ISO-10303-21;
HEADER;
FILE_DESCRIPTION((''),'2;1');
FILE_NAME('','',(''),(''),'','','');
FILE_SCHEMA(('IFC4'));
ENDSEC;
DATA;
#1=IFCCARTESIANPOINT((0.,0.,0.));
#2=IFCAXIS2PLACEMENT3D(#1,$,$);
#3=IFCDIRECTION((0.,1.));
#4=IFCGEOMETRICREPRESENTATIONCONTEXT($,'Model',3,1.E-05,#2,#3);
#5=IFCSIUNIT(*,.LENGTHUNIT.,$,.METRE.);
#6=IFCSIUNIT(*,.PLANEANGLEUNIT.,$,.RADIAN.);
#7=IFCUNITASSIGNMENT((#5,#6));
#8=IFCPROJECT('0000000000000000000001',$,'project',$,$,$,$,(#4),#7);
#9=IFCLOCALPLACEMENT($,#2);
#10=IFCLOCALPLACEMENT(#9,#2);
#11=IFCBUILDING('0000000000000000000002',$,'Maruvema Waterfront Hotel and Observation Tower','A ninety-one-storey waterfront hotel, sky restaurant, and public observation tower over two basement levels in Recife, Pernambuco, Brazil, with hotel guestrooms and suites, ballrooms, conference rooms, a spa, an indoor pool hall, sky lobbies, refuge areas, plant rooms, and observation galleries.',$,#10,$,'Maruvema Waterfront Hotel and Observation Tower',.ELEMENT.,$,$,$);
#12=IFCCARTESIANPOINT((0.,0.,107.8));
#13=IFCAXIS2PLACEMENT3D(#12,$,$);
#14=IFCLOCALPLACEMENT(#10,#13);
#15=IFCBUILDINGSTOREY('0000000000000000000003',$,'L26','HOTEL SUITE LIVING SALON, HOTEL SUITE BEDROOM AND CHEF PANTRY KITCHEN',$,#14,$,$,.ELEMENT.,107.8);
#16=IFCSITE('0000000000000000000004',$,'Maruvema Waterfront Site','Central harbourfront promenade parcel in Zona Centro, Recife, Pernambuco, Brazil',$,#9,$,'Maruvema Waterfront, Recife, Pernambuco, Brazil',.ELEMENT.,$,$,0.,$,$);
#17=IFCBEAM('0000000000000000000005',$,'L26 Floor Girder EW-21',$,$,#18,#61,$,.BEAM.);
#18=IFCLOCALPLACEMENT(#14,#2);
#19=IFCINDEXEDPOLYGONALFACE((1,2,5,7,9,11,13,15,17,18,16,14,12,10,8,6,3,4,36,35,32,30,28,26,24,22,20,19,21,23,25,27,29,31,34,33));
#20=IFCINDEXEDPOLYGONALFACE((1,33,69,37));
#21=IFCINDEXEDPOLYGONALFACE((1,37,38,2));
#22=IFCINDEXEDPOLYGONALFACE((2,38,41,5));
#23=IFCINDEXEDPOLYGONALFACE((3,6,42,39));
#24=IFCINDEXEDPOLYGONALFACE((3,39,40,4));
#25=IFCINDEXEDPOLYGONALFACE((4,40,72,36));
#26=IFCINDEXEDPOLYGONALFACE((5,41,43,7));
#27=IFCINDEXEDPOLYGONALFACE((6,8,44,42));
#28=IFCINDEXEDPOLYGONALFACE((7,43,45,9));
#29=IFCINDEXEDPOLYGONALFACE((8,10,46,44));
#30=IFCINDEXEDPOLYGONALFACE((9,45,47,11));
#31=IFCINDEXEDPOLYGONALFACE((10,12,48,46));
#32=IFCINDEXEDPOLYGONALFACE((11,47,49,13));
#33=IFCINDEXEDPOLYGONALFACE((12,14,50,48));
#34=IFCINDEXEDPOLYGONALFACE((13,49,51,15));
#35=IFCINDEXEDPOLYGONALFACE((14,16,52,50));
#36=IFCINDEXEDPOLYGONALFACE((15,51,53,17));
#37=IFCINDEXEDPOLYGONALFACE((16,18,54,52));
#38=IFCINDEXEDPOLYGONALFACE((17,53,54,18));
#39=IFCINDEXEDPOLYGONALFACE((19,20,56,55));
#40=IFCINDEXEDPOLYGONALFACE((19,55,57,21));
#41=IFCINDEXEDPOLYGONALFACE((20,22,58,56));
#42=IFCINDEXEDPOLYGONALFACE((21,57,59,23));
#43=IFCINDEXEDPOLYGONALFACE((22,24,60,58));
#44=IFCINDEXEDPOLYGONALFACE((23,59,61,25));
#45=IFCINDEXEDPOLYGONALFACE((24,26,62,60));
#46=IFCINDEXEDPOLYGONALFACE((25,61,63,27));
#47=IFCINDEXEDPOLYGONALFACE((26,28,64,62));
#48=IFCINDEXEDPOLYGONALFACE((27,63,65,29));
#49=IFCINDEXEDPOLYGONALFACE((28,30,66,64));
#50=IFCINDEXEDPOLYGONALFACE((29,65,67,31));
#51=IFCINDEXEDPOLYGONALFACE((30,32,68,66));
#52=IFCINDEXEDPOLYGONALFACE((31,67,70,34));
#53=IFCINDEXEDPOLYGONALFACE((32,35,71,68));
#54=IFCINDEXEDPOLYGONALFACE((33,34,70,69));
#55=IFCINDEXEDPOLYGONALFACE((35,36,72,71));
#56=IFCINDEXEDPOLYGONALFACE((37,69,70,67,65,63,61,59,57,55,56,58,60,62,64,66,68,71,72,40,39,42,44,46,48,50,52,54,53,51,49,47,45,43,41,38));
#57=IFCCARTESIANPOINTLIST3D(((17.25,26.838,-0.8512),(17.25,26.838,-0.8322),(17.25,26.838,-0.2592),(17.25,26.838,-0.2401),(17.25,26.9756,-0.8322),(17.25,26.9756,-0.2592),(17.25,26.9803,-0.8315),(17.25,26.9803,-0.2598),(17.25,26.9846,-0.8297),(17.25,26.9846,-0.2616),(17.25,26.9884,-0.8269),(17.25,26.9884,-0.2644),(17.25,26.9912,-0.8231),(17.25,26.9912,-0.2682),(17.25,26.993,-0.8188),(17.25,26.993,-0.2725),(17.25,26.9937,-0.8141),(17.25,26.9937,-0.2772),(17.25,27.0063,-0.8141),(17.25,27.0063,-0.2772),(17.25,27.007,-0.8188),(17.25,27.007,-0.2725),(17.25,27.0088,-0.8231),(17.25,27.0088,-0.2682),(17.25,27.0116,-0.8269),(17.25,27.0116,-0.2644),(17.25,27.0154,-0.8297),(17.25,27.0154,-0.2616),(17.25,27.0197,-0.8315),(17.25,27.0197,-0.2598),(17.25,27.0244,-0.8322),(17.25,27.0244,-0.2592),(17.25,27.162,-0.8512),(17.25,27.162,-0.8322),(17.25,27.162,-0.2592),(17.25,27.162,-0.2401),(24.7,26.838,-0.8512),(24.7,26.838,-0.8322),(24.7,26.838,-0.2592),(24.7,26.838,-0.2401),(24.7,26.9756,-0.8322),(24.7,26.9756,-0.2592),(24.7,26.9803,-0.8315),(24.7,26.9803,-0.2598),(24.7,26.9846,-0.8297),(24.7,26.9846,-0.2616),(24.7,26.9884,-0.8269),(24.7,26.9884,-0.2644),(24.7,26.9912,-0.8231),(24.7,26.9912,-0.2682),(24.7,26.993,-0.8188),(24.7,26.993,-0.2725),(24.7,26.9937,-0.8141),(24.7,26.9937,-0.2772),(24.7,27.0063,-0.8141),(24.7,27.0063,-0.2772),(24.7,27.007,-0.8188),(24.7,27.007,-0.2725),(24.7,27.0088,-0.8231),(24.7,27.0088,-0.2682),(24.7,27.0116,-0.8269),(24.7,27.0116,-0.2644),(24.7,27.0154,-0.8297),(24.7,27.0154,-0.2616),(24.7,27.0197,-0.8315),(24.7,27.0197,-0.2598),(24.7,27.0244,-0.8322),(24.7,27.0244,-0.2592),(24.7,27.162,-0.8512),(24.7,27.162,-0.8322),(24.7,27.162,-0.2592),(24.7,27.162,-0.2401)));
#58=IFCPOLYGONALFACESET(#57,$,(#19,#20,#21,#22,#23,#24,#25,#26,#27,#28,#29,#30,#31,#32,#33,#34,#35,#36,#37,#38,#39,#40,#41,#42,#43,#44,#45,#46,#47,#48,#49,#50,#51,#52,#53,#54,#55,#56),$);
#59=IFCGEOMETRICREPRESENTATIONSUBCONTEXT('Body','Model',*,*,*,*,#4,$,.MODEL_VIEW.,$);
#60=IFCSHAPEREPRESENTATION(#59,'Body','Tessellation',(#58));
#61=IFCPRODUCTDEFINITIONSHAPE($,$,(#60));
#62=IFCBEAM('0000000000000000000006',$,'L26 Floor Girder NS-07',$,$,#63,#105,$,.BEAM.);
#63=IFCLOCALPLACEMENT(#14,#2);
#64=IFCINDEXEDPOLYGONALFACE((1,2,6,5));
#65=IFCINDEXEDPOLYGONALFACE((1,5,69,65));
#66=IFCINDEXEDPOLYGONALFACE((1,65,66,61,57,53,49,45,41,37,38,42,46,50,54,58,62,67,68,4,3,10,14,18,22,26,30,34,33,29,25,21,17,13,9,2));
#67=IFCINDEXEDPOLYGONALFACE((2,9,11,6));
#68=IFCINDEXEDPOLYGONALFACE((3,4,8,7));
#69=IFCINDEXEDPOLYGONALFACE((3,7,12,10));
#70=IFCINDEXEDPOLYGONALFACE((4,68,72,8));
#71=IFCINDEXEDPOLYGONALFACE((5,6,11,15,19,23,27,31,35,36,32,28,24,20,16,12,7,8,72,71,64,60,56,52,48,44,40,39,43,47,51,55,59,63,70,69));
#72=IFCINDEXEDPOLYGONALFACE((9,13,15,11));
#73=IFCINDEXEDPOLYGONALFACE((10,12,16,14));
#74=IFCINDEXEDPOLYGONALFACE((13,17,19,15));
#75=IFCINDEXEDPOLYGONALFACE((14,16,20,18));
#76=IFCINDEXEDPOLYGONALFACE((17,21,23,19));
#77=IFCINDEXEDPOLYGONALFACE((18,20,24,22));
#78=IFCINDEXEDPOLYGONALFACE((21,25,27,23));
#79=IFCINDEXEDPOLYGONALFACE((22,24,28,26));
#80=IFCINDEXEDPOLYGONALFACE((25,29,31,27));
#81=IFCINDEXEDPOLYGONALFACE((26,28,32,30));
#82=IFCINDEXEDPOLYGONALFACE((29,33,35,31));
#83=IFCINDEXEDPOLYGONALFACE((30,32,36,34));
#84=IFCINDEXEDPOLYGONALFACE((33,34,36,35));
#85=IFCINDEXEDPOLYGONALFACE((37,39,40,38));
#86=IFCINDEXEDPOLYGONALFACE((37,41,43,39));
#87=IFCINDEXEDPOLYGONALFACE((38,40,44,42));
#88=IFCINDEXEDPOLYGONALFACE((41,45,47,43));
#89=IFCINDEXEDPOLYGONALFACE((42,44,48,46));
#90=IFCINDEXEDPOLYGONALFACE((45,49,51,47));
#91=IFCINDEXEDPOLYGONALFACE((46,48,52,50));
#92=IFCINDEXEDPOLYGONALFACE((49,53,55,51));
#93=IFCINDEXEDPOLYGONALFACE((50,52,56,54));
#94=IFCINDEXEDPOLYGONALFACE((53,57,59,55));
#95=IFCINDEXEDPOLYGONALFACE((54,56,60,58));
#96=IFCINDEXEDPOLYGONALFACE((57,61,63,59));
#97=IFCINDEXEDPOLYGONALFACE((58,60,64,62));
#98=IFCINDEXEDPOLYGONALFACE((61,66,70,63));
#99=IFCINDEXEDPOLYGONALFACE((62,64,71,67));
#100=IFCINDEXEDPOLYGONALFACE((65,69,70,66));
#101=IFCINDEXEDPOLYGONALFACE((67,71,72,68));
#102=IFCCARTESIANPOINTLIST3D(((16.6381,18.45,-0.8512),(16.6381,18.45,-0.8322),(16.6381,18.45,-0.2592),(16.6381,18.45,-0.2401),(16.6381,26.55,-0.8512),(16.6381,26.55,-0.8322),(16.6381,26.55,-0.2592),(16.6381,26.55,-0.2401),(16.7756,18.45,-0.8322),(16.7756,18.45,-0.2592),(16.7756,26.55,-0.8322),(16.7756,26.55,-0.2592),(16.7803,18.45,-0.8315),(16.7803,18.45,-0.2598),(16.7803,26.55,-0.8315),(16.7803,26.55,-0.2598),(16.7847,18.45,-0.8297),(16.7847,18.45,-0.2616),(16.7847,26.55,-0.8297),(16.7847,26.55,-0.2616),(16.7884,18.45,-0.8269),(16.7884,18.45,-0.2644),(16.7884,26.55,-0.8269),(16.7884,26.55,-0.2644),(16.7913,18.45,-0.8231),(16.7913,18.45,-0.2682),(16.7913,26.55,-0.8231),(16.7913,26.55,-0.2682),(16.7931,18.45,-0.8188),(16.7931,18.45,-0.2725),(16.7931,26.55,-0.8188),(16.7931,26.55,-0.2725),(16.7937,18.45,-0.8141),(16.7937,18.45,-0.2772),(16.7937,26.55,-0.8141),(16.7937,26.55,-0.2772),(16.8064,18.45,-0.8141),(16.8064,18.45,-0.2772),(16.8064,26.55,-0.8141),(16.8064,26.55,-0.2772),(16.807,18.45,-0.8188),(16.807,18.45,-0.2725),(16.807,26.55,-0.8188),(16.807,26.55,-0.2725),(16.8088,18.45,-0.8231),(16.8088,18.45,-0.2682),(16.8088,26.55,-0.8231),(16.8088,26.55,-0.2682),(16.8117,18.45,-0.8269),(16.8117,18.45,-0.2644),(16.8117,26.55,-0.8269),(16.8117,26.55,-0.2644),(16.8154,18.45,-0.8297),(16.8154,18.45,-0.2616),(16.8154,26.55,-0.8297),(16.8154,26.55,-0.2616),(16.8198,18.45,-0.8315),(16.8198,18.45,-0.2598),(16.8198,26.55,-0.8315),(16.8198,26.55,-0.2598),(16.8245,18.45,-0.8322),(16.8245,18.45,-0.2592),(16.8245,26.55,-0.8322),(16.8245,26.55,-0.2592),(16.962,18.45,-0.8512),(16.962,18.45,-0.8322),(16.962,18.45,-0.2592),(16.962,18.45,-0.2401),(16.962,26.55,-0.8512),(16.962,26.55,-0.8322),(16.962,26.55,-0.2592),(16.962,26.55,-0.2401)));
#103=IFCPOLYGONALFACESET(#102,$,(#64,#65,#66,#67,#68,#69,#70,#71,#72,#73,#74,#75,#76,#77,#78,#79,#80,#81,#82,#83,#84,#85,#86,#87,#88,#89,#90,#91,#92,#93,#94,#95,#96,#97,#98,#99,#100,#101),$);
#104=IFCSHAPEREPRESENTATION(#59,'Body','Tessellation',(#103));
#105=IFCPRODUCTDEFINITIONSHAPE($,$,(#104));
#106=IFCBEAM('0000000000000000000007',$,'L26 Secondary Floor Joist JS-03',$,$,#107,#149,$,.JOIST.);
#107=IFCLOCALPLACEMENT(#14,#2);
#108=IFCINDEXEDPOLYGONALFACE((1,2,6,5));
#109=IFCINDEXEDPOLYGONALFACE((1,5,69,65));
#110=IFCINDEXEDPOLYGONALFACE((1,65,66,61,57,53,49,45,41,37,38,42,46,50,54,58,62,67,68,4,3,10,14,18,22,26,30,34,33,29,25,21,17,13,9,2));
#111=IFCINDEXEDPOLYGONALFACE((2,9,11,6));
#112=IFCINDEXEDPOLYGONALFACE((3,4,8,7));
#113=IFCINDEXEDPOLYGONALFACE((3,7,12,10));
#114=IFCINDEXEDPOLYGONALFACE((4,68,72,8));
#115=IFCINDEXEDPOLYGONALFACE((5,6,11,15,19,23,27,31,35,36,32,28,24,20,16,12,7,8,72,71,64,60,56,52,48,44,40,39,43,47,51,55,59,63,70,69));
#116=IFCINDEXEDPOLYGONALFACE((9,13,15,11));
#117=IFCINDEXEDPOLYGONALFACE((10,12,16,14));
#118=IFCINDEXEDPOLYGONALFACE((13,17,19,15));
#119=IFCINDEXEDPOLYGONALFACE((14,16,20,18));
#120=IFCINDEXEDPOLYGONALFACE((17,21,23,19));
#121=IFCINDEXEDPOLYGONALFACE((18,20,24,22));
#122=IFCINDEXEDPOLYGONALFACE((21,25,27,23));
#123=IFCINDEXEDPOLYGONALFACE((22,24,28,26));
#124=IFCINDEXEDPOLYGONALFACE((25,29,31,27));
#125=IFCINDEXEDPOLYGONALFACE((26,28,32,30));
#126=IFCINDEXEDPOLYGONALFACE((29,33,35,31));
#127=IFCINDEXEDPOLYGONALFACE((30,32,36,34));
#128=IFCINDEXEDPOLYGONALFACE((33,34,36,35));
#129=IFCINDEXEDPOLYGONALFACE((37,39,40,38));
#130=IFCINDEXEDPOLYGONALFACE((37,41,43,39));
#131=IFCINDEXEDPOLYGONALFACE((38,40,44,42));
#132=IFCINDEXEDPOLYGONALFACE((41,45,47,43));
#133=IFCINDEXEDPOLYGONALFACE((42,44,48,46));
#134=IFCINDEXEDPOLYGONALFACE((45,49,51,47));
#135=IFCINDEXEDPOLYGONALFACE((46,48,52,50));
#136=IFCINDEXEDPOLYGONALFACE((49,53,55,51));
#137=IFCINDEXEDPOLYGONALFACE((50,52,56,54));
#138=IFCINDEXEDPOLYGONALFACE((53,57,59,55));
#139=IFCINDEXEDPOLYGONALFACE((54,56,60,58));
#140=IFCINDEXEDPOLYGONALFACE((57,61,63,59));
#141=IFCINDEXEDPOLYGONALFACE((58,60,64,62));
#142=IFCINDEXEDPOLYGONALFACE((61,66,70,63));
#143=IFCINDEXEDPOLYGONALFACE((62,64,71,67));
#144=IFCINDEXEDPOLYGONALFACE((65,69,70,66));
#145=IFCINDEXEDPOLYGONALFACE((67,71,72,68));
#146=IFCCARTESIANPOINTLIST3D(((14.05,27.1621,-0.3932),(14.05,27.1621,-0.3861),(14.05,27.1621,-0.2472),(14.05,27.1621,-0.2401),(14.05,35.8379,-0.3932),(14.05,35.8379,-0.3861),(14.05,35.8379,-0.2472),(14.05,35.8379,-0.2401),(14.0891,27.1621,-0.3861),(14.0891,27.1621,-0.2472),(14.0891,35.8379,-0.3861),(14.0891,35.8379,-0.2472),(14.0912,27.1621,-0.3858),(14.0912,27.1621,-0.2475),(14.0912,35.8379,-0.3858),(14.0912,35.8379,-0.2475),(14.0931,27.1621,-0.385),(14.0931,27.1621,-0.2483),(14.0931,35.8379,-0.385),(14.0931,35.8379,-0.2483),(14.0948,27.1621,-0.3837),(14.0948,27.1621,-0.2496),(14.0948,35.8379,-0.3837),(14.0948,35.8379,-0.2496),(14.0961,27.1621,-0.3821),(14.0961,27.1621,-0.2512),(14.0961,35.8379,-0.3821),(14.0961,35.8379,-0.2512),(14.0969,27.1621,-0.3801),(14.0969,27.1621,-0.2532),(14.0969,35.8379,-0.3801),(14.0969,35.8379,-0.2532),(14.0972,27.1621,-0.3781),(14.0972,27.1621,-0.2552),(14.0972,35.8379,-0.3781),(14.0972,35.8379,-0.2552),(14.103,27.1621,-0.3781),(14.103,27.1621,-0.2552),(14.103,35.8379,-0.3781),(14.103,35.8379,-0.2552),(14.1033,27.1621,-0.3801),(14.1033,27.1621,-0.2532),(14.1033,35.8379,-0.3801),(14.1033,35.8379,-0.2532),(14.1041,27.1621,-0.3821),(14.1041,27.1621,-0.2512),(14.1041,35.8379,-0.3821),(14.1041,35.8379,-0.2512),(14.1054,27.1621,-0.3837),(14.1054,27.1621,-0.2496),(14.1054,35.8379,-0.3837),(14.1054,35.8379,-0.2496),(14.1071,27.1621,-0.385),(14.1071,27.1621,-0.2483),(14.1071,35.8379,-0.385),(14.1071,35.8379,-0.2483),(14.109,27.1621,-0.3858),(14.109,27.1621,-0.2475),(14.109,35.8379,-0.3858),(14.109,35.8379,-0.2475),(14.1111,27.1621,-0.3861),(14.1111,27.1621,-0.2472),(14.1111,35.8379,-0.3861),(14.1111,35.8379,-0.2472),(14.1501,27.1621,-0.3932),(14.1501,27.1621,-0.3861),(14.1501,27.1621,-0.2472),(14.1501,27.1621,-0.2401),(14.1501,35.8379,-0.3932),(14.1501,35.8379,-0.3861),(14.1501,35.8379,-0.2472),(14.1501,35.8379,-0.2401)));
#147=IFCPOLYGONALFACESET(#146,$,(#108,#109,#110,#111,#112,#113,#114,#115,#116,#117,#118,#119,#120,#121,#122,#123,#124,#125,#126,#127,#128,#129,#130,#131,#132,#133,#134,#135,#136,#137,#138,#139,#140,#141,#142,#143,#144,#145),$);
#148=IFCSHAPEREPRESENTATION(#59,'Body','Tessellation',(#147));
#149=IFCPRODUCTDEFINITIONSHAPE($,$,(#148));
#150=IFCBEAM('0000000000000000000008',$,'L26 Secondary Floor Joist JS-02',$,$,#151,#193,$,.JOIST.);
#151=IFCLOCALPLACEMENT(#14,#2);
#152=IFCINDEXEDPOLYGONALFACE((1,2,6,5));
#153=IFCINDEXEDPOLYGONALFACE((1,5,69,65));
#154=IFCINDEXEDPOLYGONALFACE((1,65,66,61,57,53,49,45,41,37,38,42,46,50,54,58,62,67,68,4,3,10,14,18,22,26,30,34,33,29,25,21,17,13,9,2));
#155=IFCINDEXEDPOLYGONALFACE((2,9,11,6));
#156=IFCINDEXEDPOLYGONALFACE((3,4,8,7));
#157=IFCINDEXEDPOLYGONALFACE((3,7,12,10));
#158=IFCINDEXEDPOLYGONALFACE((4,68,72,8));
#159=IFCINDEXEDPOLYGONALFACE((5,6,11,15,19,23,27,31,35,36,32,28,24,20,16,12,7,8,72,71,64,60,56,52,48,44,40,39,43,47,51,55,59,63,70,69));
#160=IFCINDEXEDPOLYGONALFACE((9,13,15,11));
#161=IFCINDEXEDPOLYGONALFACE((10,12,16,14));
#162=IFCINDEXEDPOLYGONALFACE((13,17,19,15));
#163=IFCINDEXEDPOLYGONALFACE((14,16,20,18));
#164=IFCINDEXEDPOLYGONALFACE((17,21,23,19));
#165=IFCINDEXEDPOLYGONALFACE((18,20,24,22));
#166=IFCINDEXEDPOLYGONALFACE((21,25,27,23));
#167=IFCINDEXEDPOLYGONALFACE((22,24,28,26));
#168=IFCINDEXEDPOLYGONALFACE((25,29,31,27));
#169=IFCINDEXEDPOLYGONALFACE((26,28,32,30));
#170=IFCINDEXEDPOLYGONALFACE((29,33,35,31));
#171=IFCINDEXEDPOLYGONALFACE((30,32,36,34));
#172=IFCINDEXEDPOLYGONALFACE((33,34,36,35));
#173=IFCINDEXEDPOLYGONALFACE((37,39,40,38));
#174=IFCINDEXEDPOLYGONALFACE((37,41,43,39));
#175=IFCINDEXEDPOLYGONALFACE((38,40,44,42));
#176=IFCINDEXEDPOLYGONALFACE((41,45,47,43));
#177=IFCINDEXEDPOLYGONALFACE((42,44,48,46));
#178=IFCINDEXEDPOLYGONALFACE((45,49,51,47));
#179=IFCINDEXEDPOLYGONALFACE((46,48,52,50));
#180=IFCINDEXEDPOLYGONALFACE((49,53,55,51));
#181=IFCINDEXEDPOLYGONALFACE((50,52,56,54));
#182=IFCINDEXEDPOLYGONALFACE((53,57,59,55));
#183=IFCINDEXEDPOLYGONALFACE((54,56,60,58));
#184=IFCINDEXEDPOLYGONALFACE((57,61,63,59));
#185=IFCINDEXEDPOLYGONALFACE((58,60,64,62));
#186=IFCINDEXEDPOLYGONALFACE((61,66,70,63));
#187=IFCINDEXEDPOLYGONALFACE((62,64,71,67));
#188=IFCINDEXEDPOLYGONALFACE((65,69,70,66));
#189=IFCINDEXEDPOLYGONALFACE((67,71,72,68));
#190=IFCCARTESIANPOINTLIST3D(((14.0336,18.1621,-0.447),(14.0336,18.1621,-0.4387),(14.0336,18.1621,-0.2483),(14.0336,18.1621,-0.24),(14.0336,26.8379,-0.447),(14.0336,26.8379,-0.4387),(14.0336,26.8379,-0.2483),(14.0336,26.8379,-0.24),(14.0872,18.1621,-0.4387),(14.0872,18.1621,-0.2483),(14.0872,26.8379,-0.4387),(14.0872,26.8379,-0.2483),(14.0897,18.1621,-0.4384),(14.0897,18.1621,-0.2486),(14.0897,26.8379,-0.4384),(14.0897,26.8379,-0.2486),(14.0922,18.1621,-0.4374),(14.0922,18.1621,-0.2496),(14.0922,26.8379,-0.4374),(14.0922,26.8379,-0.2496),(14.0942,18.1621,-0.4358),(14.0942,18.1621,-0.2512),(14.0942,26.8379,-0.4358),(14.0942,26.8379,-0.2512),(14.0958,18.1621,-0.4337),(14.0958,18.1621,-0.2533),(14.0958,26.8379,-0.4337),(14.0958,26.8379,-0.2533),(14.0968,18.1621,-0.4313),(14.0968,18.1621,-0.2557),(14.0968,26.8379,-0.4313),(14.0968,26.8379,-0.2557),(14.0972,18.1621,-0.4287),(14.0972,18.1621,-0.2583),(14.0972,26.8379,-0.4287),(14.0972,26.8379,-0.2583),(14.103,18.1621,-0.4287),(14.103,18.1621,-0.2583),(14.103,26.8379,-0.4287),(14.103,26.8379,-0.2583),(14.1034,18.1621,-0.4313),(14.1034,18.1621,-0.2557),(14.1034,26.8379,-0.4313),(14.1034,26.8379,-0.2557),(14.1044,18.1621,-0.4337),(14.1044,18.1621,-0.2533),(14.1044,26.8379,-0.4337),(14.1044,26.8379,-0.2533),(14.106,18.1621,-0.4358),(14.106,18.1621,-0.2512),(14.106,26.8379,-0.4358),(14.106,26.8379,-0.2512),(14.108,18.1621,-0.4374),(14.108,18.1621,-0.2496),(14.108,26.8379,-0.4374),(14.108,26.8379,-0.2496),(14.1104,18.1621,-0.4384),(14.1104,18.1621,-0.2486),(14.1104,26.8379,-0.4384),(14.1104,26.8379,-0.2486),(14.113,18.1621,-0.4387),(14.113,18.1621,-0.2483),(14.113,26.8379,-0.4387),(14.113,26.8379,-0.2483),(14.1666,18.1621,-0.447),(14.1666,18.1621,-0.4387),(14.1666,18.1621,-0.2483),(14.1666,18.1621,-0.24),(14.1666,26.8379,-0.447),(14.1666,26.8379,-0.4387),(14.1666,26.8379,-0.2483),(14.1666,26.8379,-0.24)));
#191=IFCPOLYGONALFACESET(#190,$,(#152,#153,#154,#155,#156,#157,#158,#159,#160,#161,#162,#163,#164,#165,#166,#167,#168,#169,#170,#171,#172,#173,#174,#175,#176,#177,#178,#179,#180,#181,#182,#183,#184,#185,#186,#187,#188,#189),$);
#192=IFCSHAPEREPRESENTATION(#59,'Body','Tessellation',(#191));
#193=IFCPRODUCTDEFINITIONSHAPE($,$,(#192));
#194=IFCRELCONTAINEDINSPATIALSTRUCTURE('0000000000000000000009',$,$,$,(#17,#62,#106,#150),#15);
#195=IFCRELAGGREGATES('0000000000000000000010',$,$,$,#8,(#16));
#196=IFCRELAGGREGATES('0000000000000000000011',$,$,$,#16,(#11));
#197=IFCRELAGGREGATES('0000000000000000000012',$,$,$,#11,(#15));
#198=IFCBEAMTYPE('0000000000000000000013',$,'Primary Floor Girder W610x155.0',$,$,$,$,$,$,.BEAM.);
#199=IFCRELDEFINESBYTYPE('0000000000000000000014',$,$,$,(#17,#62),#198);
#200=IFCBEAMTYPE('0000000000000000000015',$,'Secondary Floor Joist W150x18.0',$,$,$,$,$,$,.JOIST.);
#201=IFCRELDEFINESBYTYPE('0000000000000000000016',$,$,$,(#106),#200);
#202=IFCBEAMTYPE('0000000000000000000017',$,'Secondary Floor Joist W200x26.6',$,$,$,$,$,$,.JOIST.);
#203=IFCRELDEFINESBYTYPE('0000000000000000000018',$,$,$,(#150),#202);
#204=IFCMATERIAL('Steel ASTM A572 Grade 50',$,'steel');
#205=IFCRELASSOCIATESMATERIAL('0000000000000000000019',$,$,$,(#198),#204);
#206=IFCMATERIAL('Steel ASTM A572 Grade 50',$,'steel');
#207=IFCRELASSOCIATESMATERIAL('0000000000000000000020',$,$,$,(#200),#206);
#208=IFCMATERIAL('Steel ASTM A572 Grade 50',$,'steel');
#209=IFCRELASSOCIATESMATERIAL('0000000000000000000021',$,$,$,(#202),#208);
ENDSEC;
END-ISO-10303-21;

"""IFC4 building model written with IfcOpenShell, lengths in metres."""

from ifc_helpers import new_model, si_unit, direction, frame, origin, origin_2d, place, context, subcontext, project, spatial, i_section, extrude, material, material_profile, profile_set, type_object, element, save


model = new_model("IFC4")

# Units and contexts
model_context = context("Model", 3, precision=1e-05, world=origin(), true_north=direction((0.0, 1.0)))
body_context = subcontext(model_context, "Body", "Model", "MODEL_VIEW")
ifc_project = project(units=[si_unit("LENGTHUNIT", "METRE"), si_unit("PLANEANGLEUNIT", "RADIAN")], contexts=[model_context])

# Site, building, storey
site_placement = place(None, origin())
site = spatial("IfcSite", under=ifc_project, at=site_placement, Name="Maruvema Waterfront Site", Description="Central harbourfront promenade parcel in Zona Centro, Recife, Pernambuco, Brazil", LongName="Maruvema Waterfront, Recife, Pernambuco, Brazil", CompositionType="ELEMENT", RefElevation=0.0)
building_placement = place(site_placement, origin())
building = spatial("IfcBuilding", under=site, at=building_placement, Name="Maruvema Waterfront Hotel and Observation Tower", Description="A ninety-one-storey waterfront hotel, sky restaurant, and public observation tower over two basement levels in Recife, Pernambuco, Brazil, with hotel guestrooms and suites, ballrooms, conference rooms, a spa, an indoor pool hall, sky lobbies, refuge areas, plant rooms, and observation galleries.", LongName="Maruvema Waterfront Hotel and Observation Tower", CompositionType="ELEMENT")
storey_placement = place(building_placement, frame((0.0, 0.0, 107.8)))
storey = spatial("IfcBuildingStorey", under=building, at=storey_placement, Name="L26", Description="HOTEL SUITE LIVING SALON, HOTEL SUITE BEDROOM AND CHEF PANTRY KITCHEN", CompositionType="ELEMENT", Elevation=107.8)

# Beams
ifc_material_1 = material(Name="Steel ASTM A572 Grade 50", Category="steel")
ifc_material_profile_1 = material_profile(ifc_material_1, i_section(OverallWidth=0.324, OverallDepth=0.6111, WebThickness=0.0127, FlangeThickness=0.019, FilletRadius=0.0181, at=origin_2d()), Name="W610x155.0")
ifc_profile_set_1 = profile_set([ifc_material_profile_1], Name="Steel ASTM A572 Grade 50")
beam_type_1 = type_object("IfcBeamType", Name="Primary Floor Girder W610x155.0", PredefinedType="BEAM", material=ifc_profile_set_1)
beam_1_placement = place(storey_placement, frame((17.25, 27.0, -0.5457), z_axis=(1.0, 0.0, 0.0), x_axis=(0.0, 1.0, 0.0)))
element("IfcBeam", 1, at=beam_1_placement, inside=storey, type_object=beam_type_1, Name="L26 Floor Girder EW-21", PredefinedType="BEAM", context=body_context, shape_type="SweptSolid", body=[
    extrude(i_section(OverallWidth=0.324, OverallDepth=0.6111, WebThickness=0.0127, FlangeThickness=0.019, FilletRadius=0.0181, at=origin_2d()), origin(), (0.0, 0.0, 1.0), 7.45),
])
beam_2_placement = place(storey_placement, frame((16.8, 18.45, -0.5457), z_axis=(0.0, 1.0, 0.0), x_axis=(-1.0, 0.0, 0.0)))
element("IfcBeam", 2, at=beam_2_placement, inside=storey, type_object=beam_type_1, Name="L26 Floor Girder NS-07", PredefinedType="BEAM", context=body_context, shape_type="SweptSolid", body=[
    extrude(i_section(OverallWidth=0.324, OverallDepth=0.6111, WebThickness=0.0127, FlangeThickness=0.019, FilletRadius=0.0181, at=origin_2d()), origin(), (0.0, 0.0, 1.0), 8.1001),
])
ifc_material_2 = material(Name="Steel ASTM A572 Grade 50", Category="steel")
ifc_material_profile_2 = material_profile(ifc_material_2, i_section(OverallWidth=0.1001, OverallDepth=0.1531, WebThickness=0.0059, FlangeThickness=0.0071, FilletRadius=0.0081, at=origin_2d()), Name="W150x18.0")
ifc_profile_set_2 = profile_set([ifc_material_profile_2], Name="Steel ASTM A572 Grade 50")
beam_type_2 = type_object("IfcBeamType", Name="Secondary Floor Joist W150x18.0", PredefinedType="JOIST", material=ifc_profile_set_2)
beam_3_placement = place(storey_placement, frame((14.1001, 27.1621, -0.3167), z_axis=(0.0, 1.0, 0.0), x_axis=(-1.0, 0.0, 0.0)))
element("IfcBeam", 3, at=beam_3_placement, inside=storey, type_object=beam_type_2, Name="L26 Secondary Floor Joist JS-03", PredefinedType="JOIST", context=body_context, shape_type="SweptSolid", body=[
    extrude(i_section(OverallWidth=0.1001, OverallDepth=0.1531, WebThickness=0.0059, FlangeThickness=0.0071, FilletRadius=0.0081, at=origin_2d()), origin(), (0.0, 0.0, 1.0), 8.6758),
])
ifc_material_3 = material(Name="Steel ASTM A572 Grade 50", Category="steel")
ifc_material_profile_3 = material_profile(ifc_material_3, i_section(OverallWidth=0.1331, OverallDepth=0.207, WebThickness=0.0059, FlangeThickness=0.0083, FilletRadius=0.01, at=origin_2d()), Name="W200x26.6")
ifc_profile_set_3 = profile_set([ifc_material_profile_3], Name="Steel ASTM A572 Grade 50")
beam_type_3 = type_object("IfcBeamType", Name="Secondary Floor Joist W200x26.6", PredefinedType="JOIST", material=ifc_profile_set_3)
beam_4_placement = place(storey_placement, frame((14.1001, 18.1621, -0.3435), z_axis=(0.0, 1.0, 0.0), x_axis=(-1.0, 0.0, 0.0)))
element("IfcBeam", 4, at=beam_4_placement, inside=storey, type_object=beam_type_3, Name="L26 Secondary Floor Joist JS-02", PredefinedType="JOIST", context=body_context, shape_type="SweptSolid", body=[
    extrude(i_section(OverallWidth=0.1331, OverallDepth=0.207, WebThickness=0.0059, FlangeThickness=0.0083, FilletRadius=0.01, at=origin_2d()), origin(), (0.0, 0.0, 1.0), 8.6758),
])

save(model, "model.ifc")
